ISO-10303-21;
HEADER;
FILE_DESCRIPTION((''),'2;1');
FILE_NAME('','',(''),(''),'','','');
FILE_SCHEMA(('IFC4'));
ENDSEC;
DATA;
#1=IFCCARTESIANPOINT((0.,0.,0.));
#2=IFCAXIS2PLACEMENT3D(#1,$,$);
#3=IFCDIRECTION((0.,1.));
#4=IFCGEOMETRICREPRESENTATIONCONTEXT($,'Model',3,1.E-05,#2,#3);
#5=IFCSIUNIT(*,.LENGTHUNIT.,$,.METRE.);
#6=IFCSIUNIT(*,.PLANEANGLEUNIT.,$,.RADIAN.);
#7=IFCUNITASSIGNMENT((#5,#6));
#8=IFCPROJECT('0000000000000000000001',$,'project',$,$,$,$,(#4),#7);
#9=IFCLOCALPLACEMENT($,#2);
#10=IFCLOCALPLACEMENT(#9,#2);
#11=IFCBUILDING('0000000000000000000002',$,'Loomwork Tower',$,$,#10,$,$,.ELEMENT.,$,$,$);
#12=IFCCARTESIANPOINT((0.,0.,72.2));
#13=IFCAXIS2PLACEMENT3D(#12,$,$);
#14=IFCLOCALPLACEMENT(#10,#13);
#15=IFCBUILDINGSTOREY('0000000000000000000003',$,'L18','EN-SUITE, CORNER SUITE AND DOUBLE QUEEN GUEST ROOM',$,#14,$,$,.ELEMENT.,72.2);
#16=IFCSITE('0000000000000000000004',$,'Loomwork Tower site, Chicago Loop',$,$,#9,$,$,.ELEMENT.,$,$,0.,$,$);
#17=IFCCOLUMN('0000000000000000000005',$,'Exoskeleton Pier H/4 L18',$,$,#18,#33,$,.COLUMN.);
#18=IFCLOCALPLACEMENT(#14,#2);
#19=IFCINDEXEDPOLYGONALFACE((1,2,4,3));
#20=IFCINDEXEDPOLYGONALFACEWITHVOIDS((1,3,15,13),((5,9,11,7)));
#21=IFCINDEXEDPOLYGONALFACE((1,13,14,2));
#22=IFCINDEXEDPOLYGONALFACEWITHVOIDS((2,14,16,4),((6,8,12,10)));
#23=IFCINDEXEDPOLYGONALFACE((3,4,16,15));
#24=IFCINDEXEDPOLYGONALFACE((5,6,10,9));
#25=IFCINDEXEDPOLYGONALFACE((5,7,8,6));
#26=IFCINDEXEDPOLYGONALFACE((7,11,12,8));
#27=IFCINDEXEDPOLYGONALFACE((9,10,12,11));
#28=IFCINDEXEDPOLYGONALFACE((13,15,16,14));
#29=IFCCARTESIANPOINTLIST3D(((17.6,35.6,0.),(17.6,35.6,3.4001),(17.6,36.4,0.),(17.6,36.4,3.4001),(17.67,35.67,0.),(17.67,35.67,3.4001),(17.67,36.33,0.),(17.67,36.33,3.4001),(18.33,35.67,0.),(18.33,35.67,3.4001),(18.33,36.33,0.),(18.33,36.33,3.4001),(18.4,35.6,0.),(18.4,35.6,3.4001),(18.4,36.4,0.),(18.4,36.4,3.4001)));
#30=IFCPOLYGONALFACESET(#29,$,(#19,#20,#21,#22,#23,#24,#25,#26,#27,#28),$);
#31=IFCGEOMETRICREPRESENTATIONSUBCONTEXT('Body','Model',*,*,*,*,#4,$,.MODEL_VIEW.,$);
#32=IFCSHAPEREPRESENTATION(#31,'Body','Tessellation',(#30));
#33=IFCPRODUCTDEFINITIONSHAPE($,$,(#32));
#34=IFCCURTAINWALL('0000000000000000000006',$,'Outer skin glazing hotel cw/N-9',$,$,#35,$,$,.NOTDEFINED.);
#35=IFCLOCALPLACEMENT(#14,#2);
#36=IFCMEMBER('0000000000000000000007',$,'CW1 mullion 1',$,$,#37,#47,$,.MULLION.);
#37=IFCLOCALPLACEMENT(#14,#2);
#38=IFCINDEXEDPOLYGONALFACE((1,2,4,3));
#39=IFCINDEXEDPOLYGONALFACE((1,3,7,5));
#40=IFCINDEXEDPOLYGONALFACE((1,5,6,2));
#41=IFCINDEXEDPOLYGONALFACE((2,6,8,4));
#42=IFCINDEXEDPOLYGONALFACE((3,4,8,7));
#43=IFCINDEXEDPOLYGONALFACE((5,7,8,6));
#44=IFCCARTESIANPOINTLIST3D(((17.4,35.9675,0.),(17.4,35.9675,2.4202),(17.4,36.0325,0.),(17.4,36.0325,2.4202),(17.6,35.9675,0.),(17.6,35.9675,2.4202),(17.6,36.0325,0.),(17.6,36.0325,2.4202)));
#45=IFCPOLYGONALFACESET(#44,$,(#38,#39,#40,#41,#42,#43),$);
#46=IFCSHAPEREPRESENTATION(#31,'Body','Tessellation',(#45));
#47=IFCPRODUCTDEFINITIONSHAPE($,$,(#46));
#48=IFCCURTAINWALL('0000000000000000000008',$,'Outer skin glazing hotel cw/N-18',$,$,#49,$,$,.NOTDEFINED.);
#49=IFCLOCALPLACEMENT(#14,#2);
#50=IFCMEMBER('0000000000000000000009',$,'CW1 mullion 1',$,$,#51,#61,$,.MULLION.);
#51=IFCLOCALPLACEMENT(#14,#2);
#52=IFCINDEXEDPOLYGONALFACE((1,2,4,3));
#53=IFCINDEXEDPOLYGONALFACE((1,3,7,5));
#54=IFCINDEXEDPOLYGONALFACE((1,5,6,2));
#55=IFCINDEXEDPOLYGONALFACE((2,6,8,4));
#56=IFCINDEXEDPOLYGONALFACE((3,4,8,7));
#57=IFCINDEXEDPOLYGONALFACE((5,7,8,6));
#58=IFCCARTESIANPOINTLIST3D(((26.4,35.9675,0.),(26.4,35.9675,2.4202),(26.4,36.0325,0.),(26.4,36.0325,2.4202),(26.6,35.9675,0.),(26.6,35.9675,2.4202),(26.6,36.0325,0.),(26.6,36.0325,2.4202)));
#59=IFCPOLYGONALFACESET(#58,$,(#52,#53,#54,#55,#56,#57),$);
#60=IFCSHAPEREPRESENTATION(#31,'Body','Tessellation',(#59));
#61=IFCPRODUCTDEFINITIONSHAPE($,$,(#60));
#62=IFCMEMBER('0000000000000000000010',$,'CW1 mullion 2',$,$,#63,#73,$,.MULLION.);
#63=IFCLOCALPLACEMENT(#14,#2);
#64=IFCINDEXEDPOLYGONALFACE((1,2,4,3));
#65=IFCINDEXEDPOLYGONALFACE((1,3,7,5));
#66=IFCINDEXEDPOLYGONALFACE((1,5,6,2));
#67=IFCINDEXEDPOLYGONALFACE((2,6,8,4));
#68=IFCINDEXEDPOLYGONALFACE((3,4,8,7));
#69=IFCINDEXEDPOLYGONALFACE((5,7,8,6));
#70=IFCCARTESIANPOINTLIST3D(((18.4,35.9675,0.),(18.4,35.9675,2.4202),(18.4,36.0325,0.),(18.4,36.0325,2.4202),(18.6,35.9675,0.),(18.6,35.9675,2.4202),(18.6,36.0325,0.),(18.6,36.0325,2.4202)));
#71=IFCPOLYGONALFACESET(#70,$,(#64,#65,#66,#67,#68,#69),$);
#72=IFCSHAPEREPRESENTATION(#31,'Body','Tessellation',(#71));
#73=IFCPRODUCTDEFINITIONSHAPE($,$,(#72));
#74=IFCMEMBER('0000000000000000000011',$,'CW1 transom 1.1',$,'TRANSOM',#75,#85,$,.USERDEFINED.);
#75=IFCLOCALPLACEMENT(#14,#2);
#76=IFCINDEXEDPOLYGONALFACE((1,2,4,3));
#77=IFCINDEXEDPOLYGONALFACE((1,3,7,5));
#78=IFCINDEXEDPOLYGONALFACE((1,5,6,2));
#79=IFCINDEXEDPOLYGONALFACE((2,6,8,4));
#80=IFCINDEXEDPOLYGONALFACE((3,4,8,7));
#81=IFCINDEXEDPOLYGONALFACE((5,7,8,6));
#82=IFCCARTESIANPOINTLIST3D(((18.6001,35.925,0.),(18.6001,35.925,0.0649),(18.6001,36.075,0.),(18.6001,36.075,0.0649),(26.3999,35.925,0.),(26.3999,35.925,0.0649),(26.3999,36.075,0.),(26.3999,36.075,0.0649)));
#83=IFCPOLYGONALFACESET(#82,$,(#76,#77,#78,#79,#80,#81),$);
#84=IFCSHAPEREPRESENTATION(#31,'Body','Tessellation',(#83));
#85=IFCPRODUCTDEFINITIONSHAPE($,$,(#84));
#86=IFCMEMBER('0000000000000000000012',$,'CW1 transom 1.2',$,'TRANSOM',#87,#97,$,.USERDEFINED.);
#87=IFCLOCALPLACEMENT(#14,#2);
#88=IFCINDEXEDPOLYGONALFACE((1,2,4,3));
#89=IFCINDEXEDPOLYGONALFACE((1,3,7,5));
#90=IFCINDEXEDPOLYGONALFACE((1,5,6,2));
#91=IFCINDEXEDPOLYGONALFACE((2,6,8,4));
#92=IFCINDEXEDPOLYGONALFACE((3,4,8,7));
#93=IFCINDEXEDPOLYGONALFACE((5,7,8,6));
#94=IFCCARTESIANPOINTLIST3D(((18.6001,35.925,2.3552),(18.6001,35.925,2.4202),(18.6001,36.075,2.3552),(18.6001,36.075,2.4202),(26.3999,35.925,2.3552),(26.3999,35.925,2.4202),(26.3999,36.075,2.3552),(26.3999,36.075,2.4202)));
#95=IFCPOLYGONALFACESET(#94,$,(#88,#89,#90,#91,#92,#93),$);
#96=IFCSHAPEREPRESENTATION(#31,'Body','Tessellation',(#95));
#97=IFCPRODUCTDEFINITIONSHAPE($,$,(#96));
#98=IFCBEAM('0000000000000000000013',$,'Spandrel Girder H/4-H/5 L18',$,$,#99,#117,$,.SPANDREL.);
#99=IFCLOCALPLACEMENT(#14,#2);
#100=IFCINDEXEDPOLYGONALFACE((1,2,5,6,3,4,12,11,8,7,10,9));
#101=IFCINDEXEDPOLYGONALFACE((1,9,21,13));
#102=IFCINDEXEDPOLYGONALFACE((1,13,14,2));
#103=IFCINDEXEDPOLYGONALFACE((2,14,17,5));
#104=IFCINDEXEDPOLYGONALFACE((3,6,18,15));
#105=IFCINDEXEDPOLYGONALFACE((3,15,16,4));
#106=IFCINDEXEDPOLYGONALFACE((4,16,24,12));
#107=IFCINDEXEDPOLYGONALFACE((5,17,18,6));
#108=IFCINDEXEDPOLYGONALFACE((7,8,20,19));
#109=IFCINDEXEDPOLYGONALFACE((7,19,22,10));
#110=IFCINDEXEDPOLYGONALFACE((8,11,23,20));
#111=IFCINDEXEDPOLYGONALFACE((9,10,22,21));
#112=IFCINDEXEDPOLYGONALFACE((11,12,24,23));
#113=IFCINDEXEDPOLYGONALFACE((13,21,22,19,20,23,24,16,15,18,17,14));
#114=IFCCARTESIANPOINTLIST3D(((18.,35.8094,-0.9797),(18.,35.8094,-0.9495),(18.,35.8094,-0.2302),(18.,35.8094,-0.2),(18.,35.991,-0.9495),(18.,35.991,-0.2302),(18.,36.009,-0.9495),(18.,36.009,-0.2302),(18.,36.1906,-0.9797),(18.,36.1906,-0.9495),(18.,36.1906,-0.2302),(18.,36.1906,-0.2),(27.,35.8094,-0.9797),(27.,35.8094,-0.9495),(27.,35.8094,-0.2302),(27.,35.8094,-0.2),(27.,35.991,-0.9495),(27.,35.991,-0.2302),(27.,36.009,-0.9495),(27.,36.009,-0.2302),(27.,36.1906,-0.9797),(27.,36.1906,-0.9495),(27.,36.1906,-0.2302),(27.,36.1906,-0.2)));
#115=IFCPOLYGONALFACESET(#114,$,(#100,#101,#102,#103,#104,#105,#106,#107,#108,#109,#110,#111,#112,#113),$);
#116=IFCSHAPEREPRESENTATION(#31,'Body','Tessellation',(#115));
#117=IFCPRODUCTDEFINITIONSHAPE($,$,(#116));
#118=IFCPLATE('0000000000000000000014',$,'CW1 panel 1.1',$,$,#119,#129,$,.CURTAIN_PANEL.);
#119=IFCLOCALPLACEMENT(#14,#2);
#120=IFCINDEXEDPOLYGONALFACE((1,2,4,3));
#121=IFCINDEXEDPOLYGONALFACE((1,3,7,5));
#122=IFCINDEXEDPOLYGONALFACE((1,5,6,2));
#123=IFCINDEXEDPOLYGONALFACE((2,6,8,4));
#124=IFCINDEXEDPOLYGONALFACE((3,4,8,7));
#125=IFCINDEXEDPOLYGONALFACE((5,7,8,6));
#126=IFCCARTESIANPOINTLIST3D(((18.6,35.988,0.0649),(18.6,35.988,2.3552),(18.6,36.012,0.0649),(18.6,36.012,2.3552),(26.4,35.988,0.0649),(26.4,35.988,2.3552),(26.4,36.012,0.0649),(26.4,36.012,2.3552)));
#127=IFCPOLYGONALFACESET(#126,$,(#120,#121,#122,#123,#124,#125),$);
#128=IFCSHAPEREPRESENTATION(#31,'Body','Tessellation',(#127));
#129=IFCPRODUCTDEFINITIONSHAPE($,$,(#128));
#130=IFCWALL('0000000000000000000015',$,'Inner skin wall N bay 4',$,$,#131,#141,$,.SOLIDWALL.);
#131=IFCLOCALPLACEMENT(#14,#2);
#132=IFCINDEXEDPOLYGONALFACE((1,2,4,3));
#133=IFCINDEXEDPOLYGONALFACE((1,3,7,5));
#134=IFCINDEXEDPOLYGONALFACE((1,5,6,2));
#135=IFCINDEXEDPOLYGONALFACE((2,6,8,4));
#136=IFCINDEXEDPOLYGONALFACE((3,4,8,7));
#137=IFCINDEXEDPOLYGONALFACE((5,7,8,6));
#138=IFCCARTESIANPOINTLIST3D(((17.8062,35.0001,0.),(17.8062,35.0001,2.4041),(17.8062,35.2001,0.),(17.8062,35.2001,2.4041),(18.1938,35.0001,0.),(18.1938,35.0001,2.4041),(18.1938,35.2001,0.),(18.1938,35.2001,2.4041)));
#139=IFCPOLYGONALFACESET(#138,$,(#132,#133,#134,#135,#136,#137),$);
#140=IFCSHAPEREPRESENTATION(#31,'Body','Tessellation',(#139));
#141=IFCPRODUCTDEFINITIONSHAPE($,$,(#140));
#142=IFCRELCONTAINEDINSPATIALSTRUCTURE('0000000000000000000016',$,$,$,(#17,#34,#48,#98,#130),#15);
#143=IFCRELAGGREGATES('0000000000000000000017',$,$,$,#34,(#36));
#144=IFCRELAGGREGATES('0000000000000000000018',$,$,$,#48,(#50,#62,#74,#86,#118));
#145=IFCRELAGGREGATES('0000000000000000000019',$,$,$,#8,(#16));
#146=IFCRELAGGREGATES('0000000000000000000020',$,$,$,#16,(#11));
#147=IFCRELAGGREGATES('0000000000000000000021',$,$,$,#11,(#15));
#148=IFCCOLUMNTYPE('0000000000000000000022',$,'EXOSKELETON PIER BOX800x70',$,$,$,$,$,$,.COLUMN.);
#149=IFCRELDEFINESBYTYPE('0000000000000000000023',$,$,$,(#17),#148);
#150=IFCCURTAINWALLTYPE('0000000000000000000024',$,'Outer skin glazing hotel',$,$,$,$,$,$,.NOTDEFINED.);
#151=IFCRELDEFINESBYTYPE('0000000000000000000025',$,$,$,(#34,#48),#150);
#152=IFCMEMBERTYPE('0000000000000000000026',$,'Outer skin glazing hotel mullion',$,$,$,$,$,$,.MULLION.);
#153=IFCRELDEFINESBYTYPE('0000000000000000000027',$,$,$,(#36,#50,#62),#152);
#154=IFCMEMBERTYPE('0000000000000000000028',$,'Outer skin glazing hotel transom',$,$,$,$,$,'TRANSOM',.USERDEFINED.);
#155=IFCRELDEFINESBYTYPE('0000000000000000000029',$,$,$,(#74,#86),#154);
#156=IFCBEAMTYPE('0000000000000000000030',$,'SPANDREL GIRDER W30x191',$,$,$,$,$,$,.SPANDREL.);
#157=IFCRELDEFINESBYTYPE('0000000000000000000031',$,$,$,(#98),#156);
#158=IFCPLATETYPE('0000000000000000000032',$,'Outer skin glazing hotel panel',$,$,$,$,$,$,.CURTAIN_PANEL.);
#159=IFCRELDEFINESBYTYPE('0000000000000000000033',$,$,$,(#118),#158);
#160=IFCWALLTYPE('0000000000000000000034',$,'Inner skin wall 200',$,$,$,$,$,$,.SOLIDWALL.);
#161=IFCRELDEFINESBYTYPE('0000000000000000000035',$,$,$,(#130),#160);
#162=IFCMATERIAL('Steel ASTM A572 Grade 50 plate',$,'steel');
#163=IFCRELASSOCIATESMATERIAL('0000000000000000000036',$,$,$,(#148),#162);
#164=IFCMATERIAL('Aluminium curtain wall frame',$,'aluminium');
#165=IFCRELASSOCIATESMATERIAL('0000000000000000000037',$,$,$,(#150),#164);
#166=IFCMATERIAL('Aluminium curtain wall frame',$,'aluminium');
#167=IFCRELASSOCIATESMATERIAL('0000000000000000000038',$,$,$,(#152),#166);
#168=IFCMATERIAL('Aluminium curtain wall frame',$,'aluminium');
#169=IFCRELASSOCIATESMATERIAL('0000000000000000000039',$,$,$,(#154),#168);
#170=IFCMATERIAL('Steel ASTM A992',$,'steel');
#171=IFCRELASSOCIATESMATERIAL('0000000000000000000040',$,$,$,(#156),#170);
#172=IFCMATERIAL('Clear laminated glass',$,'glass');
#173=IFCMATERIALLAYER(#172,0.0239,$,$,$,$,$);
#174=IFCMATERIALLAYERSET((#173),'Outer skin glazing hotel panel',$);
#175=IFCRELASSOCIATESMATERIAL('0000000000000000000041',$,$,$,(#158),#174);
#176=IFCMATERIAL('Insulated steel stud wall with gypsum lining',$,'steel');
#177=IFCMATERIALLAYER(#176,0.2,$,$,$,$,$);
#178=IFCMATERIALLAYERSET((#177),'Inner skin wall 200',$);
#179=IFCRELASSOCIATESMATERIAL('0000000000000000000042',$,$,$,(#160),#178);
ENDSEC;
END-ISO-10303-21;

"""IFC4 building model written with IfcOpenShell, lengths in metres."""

from ifc_helpers import new_model, si_unit, direction, frame, frame_2d, origin, origin_2d, place, context, subcontext, project, spatial, rectangle, hollow_rectangle, i_section, extrude, material, layer, layer_set, material_profile, profile_set, type_object, element, aggregate, save


model = new_model("IFC4")

# Units and contexts
model_context = context("Model", 3, precision=1e-05, world=origin(), true_north=direction((0.0, 1.0)))
body_context = subcontext(model_context, "Body", "Model", "MODEL_VIEW")
ifc_project = project(units=[si_unit("LENGTHUNIT", "METRE"), si_unit("PLANEANGLEUNIT", "RADIAN")], contexts=[model_context])

# Site, building, storey
site_placement = place(None, origin())
site = spatial("IfcSite", under=ifc_project, at=site_placement, Name="Loomwork Tower site, Chicago Loop", CompositionType="ELEMENT", RefElevation=0.0)
building_placement = place(site_placement, origin())
building = spatial("IfcBuilding", under=site, at=building_placement, Name="Loomwork Tower", CompositionType="ELEMENT")
storey_placement = place(building_placement, frame((0.0, 0.0, 72.2)))
storey = spatial("IfcBuildingStorey", under=building, at=storey_placement, Name="L18", Description="EN-SUITE, CORNER SUITE AND DOUBLE QUEEN GUEST ROOM", CompositionType="ELEMENT", Elevation=72.2)

# Column
ifc_material_1 = material(Name="Steel ASTM A572 Grade 50 plate", Category="steel")
ifc_material_profile_1 = material_profile(ifc_material_1, hollow_rectangle(XDim=0.8, YDim=0.8, WallThickness=0.0701, at=origin_2d()), Name="BOX800x70")
ifc_profile_set_1 = profile_set([ifc_material_profile_1], Name="Steel ASTM A572 Grade 50 plate")
column_type = type_object("IfcColumnType", Name="EXOSKELETON PIER BOX800x70", PredefinedType="COLUMN", material=ifc_profile_set_1)
column_placement = place(storey_placement, frame((18.0, 36.0, 0.0), z_axis=(0.0, 0.0, 1.0), x_axis=(1.0, 0.0, 0.0)))
element("IfcColumn", 1, at=column_placement, inside=storey, type_object=column_type, Name="Exoskeleton Pier H/4 L18", PredefinedType="COLUMN", context=body_context, shape_type="SweptSolid", body=[
    extrude(hollow_rectangle(XDim=0.8, YDim=0.8, WallThickness=0.0701, at=origin_2d()), origin(), (0.0, 0.0, 1.0), 3.4001),
])

# Curtain wall, member
ifc_material_2 = material(Name="Aluminium curtain wall frame", Category="aluminium")
curtain_wall_type = type_object("IfcCurtainWallType", Name="Outer skin glazing hotel", PredefinedType="NOTDEFINED", material=ifc_material_2)
curtain_wall_1_placement = place(storey_placement, origin())
curtain_wall_1 = element("IfcCurtainWall", 2, at=curtain_wall_1_placement, inside=storey, type_object=curtain_wall_type, Name="Outer skin glazing hotel cw/N-9", PredefinedType="NOTDEFINED")
ifc_material_3 = material(Name="Aluminium curtain wall frame", Category="aluminium")
ifc_material_profile_2 = material_profile(ifc_material_3, rectangle(XDim=0.0649, YDim=0.2, at=origin_2d()), Name="AL 65x200")
ifc_profile_set_2 = profile_set([ifc_material_profile_2], Name="Aluminium curtain wall frame")
member_type_1 = type_object("IfcMemberType", Name="Outer skin glazing hotel mullion", PredefinedType="MULLION", material=ifc_profile_set_2)
member_1_placement = place(storey_placement, frame((17.5, 36.0, 0.0), z_axis=(0.0, 0.0, 1.0), x_axis=(0.0, -1.0, 0.0)))
member_1 = element("IfcMember", 3, at=member_1_placement, type_object=member_type_1, Name="CW1 mullion 1", PredefinedType="MULLION", context=body_context, shape_type="SweptSolid", body=[
    extrude(rectangle(XDim=0.0649, YDim=0.2, at=origin_2d()), origin(), (0.0, 0.0, 1.0), 2.4202),
])
aggregate(curtain_wall_1, [member_1])

# Curtain wall, members
curtain_wall_2_placement = place(storey_placement, origin())
curtain_wall_2 = element("IfcCurtainWall", 4, at=curtain_wall_2_placement, inside=storey, type_object=curtain_wall_type, Name="Outer skin glazing hotel cw/N-18", PredefinedType="NOTDEFINED")
member_2_placement = place(storey_placement, frame((26.5, 36.0, 0.0), z_axis=(0.0, 0.0, 1.0), x_axis=(0.0, -1.0, 0.0)))
member_2 = element("IfcMember", 5, at=member_2_placement, type_object=member_type_1, Name="CW1 mullion 1", PredefinedType="MULLION", context=body_context, shape_type="SweptSolid", body=[
    extrude(rectangle(XDim=0.0649, YDim=0.2, at=origin_2d()), origin(), (0.0, 0.0, 1.0), 2.4202),
])
member_3_placement = place(storey_placement, frame((18.5, 36.0, 0.0), z_axis=(0.0, 0.0, 1.0), x_axis=(0.0, -1.0, 0.0)))
member_3 = element("IfcMember", 6, at=member_3_placement, type_object=member_type_1, Name="CW1 mullion 2", PredefinedType="MULLION", context=body_context, shape_type="SweptSolid", body=[
    extrude(rectangle(XDim=0.0649, YDim=0.2, at=origin_2d()), origin(), (0.0, 0.0, 1.0), 2.4202),
])
ifc_material_4 = material(Name="Aluminium curtain wall frame", Category="aluminium")
ifc_material_profile_3 = material_profile(ifc_material_4, rectangle(XDim=0.1499, YDim=0.0649, at=origin_2d()), Name="AL 65x150")
ifc_profile_set_3 = profile_set([ifc_material_profile_3], Name="Aluminium curtain wall frame")
member_type_2 = type_object("IfcMemberType", Name="Outer skin glazing hotel transom", ElementType="TRANSOM", PredefinedType="USERDEFINED", material=ifc_profile_set_3)
member_4_placement = place(storey_placement, frame((26.3999, 36.0, 0.0325), z_axis=(-1.0, 0.0, 0.0), x_axis=(0.0, -1.0, 0.0)))
member_4 = element("IfcMember", 7, at=member_4_placement, type_object=member_type_2, Name="CW1 transom 1.1", ObjectType="TRANSOM", PredefinedType="USERDEFINED", context=body_context, shape_type="SweptSolid", body=[
    extrude(rectangle(XDim=0.1499, YDim=0.0649, at=origin_2d()), origin(), (0.0, 0.0, 1.0), 7.7998),
])
member_5_placement = place(storey_placement, frame((26.3999, 36.0, 2.3877), z_axis=(-1.0, 0.0, 0.0), x_axis=(0.0, -1.0, 0.0)))
member_5 = element("IfcMember", 8, at=member_5_placement, type_object=member_type_2, Name="CW1 transom 1.2", ObjectType="TRANSOM", PredefinedType="USERDEFINED", context=body_context, shape_type="SweptSolid", body=[
    extrude(rectangle(XDim=0.1499, YDim=0.0649, at=origin_2d()), origin(), (0.0, 0.0, 1.0), 7.7998),
])

# Beam
ifc_material_5 = material(Name="Steel ASTM A992", Category="steel")
ifc_material_profile_4 = material_profile(ifc_material_5, i_section(OverallWidth=0.3811, OverallDepth=0.7798, WebThickness=0.0181, FlangeThickness=0.0303, at=origin_2d()), Name="W30x191")
ifc_profile_set_4 = profile_set([ifc_material_profile_4], Name="Steel ASTM A992")
beam_type = type_object("IfcBeamType", Name="SPANDREL GIRDER W30x191", PredefinedType="SPANDREL", material=ifc_profile_set_4)
beam_placement = place(storey_placement, frame((18.0, 36.0, -0.5898), z_axis=(1.0, 0.0, 0.0), x_axis=(0.0, 1.0, 0.0)))
element("IfcBeam", 9, at=beam_placement, inside=storey, type_object=beam_type, Name="Spandrel Girder H/4-H/5 L18", PredefinedType="SPANDREL", context=body_context, shape_type="SweptSolid", body=[
    extrude(i_section(OverallWidth=0.3811, OverallDepth=0.7798, WebThickness=0.0181, FlangeThickness=0.0303, at=origin_2d()), origin(), (0.0, 0.0, 1.0), 9.0),
])

# Plate
ifc_material_6 = material(Name="Clear laminated glass", Category="glass")
ifc_layer_1 = layer(ifc_material_6, 0.0239)
ifc_layer_set_1 = layer_set([ifc_layer_1], Name="Outer skin glazing hotel panel")
plate_type = type_object("IfcPlateType", Name="Outer skin glazing hotel panel", PredefinedType="CURTAIN_PANEL", material=ifc_layer_set_1)
plate_placement = place(storey_placement, frame((22.5, 36.0, 0.0649), z_axis=(0.0, 0.0, 1.0), x_axis=(-1.0, 0.0, 0.0)))
plate = element("IfcPlate", 10, at=plate_placement, type_object=plate_type, Name="CW1 panel 1.1", PredefinedType="CURTAIN_PANEL", context=body_context, shape_type="SweptSolid", body=[
    extrude(rectangle(XDim=7.8, YDim=0.0239, at=origin_2d()), origin(), (0.0, 0.0, 1.0), 2.2903),
])
aggregate(curtain_wall_2, [member_2, member_3, member_4, member_5, plate])

# Wall
ifc_material_7 = material(Name="Insulated steel stud wall with gypsum lining", Category="steel")
ifc_layer_2 = layer(ifc_material_7, 0.2)
ifc_layer_set_2 = layer_set([ifc_layer_2], Name="Inner skin wall 200")
wall_type = type_object("IfcWallType", Name="Inner skin wall 200", PredefinedType="SOLIDWALL", material=ifc_layer_set_2)
wall_1_placement = place(storey_placement, frame((17.8062, 35.1001, 0.0), z_axis=(0.0, 0.0, 1.0), x_axis=(1.0, 0.0, 0.0)))
element("IfcWall", 11, at=wall_1_placement, inside=storey, type_object=wall_type, Name="Inner skin wall N bay 4", PredefinedType="SOLIDWALL", context=body_context, shape_type="SweptSolid", body=[
    extrude(rectangle(XDim=0.3877, YDim=0.2, at=frame_2d((0.1938, 0.0))), origin(), (0.0, 0.0, 1.0), 2.4041),
])

save(model, "model.ifc")
